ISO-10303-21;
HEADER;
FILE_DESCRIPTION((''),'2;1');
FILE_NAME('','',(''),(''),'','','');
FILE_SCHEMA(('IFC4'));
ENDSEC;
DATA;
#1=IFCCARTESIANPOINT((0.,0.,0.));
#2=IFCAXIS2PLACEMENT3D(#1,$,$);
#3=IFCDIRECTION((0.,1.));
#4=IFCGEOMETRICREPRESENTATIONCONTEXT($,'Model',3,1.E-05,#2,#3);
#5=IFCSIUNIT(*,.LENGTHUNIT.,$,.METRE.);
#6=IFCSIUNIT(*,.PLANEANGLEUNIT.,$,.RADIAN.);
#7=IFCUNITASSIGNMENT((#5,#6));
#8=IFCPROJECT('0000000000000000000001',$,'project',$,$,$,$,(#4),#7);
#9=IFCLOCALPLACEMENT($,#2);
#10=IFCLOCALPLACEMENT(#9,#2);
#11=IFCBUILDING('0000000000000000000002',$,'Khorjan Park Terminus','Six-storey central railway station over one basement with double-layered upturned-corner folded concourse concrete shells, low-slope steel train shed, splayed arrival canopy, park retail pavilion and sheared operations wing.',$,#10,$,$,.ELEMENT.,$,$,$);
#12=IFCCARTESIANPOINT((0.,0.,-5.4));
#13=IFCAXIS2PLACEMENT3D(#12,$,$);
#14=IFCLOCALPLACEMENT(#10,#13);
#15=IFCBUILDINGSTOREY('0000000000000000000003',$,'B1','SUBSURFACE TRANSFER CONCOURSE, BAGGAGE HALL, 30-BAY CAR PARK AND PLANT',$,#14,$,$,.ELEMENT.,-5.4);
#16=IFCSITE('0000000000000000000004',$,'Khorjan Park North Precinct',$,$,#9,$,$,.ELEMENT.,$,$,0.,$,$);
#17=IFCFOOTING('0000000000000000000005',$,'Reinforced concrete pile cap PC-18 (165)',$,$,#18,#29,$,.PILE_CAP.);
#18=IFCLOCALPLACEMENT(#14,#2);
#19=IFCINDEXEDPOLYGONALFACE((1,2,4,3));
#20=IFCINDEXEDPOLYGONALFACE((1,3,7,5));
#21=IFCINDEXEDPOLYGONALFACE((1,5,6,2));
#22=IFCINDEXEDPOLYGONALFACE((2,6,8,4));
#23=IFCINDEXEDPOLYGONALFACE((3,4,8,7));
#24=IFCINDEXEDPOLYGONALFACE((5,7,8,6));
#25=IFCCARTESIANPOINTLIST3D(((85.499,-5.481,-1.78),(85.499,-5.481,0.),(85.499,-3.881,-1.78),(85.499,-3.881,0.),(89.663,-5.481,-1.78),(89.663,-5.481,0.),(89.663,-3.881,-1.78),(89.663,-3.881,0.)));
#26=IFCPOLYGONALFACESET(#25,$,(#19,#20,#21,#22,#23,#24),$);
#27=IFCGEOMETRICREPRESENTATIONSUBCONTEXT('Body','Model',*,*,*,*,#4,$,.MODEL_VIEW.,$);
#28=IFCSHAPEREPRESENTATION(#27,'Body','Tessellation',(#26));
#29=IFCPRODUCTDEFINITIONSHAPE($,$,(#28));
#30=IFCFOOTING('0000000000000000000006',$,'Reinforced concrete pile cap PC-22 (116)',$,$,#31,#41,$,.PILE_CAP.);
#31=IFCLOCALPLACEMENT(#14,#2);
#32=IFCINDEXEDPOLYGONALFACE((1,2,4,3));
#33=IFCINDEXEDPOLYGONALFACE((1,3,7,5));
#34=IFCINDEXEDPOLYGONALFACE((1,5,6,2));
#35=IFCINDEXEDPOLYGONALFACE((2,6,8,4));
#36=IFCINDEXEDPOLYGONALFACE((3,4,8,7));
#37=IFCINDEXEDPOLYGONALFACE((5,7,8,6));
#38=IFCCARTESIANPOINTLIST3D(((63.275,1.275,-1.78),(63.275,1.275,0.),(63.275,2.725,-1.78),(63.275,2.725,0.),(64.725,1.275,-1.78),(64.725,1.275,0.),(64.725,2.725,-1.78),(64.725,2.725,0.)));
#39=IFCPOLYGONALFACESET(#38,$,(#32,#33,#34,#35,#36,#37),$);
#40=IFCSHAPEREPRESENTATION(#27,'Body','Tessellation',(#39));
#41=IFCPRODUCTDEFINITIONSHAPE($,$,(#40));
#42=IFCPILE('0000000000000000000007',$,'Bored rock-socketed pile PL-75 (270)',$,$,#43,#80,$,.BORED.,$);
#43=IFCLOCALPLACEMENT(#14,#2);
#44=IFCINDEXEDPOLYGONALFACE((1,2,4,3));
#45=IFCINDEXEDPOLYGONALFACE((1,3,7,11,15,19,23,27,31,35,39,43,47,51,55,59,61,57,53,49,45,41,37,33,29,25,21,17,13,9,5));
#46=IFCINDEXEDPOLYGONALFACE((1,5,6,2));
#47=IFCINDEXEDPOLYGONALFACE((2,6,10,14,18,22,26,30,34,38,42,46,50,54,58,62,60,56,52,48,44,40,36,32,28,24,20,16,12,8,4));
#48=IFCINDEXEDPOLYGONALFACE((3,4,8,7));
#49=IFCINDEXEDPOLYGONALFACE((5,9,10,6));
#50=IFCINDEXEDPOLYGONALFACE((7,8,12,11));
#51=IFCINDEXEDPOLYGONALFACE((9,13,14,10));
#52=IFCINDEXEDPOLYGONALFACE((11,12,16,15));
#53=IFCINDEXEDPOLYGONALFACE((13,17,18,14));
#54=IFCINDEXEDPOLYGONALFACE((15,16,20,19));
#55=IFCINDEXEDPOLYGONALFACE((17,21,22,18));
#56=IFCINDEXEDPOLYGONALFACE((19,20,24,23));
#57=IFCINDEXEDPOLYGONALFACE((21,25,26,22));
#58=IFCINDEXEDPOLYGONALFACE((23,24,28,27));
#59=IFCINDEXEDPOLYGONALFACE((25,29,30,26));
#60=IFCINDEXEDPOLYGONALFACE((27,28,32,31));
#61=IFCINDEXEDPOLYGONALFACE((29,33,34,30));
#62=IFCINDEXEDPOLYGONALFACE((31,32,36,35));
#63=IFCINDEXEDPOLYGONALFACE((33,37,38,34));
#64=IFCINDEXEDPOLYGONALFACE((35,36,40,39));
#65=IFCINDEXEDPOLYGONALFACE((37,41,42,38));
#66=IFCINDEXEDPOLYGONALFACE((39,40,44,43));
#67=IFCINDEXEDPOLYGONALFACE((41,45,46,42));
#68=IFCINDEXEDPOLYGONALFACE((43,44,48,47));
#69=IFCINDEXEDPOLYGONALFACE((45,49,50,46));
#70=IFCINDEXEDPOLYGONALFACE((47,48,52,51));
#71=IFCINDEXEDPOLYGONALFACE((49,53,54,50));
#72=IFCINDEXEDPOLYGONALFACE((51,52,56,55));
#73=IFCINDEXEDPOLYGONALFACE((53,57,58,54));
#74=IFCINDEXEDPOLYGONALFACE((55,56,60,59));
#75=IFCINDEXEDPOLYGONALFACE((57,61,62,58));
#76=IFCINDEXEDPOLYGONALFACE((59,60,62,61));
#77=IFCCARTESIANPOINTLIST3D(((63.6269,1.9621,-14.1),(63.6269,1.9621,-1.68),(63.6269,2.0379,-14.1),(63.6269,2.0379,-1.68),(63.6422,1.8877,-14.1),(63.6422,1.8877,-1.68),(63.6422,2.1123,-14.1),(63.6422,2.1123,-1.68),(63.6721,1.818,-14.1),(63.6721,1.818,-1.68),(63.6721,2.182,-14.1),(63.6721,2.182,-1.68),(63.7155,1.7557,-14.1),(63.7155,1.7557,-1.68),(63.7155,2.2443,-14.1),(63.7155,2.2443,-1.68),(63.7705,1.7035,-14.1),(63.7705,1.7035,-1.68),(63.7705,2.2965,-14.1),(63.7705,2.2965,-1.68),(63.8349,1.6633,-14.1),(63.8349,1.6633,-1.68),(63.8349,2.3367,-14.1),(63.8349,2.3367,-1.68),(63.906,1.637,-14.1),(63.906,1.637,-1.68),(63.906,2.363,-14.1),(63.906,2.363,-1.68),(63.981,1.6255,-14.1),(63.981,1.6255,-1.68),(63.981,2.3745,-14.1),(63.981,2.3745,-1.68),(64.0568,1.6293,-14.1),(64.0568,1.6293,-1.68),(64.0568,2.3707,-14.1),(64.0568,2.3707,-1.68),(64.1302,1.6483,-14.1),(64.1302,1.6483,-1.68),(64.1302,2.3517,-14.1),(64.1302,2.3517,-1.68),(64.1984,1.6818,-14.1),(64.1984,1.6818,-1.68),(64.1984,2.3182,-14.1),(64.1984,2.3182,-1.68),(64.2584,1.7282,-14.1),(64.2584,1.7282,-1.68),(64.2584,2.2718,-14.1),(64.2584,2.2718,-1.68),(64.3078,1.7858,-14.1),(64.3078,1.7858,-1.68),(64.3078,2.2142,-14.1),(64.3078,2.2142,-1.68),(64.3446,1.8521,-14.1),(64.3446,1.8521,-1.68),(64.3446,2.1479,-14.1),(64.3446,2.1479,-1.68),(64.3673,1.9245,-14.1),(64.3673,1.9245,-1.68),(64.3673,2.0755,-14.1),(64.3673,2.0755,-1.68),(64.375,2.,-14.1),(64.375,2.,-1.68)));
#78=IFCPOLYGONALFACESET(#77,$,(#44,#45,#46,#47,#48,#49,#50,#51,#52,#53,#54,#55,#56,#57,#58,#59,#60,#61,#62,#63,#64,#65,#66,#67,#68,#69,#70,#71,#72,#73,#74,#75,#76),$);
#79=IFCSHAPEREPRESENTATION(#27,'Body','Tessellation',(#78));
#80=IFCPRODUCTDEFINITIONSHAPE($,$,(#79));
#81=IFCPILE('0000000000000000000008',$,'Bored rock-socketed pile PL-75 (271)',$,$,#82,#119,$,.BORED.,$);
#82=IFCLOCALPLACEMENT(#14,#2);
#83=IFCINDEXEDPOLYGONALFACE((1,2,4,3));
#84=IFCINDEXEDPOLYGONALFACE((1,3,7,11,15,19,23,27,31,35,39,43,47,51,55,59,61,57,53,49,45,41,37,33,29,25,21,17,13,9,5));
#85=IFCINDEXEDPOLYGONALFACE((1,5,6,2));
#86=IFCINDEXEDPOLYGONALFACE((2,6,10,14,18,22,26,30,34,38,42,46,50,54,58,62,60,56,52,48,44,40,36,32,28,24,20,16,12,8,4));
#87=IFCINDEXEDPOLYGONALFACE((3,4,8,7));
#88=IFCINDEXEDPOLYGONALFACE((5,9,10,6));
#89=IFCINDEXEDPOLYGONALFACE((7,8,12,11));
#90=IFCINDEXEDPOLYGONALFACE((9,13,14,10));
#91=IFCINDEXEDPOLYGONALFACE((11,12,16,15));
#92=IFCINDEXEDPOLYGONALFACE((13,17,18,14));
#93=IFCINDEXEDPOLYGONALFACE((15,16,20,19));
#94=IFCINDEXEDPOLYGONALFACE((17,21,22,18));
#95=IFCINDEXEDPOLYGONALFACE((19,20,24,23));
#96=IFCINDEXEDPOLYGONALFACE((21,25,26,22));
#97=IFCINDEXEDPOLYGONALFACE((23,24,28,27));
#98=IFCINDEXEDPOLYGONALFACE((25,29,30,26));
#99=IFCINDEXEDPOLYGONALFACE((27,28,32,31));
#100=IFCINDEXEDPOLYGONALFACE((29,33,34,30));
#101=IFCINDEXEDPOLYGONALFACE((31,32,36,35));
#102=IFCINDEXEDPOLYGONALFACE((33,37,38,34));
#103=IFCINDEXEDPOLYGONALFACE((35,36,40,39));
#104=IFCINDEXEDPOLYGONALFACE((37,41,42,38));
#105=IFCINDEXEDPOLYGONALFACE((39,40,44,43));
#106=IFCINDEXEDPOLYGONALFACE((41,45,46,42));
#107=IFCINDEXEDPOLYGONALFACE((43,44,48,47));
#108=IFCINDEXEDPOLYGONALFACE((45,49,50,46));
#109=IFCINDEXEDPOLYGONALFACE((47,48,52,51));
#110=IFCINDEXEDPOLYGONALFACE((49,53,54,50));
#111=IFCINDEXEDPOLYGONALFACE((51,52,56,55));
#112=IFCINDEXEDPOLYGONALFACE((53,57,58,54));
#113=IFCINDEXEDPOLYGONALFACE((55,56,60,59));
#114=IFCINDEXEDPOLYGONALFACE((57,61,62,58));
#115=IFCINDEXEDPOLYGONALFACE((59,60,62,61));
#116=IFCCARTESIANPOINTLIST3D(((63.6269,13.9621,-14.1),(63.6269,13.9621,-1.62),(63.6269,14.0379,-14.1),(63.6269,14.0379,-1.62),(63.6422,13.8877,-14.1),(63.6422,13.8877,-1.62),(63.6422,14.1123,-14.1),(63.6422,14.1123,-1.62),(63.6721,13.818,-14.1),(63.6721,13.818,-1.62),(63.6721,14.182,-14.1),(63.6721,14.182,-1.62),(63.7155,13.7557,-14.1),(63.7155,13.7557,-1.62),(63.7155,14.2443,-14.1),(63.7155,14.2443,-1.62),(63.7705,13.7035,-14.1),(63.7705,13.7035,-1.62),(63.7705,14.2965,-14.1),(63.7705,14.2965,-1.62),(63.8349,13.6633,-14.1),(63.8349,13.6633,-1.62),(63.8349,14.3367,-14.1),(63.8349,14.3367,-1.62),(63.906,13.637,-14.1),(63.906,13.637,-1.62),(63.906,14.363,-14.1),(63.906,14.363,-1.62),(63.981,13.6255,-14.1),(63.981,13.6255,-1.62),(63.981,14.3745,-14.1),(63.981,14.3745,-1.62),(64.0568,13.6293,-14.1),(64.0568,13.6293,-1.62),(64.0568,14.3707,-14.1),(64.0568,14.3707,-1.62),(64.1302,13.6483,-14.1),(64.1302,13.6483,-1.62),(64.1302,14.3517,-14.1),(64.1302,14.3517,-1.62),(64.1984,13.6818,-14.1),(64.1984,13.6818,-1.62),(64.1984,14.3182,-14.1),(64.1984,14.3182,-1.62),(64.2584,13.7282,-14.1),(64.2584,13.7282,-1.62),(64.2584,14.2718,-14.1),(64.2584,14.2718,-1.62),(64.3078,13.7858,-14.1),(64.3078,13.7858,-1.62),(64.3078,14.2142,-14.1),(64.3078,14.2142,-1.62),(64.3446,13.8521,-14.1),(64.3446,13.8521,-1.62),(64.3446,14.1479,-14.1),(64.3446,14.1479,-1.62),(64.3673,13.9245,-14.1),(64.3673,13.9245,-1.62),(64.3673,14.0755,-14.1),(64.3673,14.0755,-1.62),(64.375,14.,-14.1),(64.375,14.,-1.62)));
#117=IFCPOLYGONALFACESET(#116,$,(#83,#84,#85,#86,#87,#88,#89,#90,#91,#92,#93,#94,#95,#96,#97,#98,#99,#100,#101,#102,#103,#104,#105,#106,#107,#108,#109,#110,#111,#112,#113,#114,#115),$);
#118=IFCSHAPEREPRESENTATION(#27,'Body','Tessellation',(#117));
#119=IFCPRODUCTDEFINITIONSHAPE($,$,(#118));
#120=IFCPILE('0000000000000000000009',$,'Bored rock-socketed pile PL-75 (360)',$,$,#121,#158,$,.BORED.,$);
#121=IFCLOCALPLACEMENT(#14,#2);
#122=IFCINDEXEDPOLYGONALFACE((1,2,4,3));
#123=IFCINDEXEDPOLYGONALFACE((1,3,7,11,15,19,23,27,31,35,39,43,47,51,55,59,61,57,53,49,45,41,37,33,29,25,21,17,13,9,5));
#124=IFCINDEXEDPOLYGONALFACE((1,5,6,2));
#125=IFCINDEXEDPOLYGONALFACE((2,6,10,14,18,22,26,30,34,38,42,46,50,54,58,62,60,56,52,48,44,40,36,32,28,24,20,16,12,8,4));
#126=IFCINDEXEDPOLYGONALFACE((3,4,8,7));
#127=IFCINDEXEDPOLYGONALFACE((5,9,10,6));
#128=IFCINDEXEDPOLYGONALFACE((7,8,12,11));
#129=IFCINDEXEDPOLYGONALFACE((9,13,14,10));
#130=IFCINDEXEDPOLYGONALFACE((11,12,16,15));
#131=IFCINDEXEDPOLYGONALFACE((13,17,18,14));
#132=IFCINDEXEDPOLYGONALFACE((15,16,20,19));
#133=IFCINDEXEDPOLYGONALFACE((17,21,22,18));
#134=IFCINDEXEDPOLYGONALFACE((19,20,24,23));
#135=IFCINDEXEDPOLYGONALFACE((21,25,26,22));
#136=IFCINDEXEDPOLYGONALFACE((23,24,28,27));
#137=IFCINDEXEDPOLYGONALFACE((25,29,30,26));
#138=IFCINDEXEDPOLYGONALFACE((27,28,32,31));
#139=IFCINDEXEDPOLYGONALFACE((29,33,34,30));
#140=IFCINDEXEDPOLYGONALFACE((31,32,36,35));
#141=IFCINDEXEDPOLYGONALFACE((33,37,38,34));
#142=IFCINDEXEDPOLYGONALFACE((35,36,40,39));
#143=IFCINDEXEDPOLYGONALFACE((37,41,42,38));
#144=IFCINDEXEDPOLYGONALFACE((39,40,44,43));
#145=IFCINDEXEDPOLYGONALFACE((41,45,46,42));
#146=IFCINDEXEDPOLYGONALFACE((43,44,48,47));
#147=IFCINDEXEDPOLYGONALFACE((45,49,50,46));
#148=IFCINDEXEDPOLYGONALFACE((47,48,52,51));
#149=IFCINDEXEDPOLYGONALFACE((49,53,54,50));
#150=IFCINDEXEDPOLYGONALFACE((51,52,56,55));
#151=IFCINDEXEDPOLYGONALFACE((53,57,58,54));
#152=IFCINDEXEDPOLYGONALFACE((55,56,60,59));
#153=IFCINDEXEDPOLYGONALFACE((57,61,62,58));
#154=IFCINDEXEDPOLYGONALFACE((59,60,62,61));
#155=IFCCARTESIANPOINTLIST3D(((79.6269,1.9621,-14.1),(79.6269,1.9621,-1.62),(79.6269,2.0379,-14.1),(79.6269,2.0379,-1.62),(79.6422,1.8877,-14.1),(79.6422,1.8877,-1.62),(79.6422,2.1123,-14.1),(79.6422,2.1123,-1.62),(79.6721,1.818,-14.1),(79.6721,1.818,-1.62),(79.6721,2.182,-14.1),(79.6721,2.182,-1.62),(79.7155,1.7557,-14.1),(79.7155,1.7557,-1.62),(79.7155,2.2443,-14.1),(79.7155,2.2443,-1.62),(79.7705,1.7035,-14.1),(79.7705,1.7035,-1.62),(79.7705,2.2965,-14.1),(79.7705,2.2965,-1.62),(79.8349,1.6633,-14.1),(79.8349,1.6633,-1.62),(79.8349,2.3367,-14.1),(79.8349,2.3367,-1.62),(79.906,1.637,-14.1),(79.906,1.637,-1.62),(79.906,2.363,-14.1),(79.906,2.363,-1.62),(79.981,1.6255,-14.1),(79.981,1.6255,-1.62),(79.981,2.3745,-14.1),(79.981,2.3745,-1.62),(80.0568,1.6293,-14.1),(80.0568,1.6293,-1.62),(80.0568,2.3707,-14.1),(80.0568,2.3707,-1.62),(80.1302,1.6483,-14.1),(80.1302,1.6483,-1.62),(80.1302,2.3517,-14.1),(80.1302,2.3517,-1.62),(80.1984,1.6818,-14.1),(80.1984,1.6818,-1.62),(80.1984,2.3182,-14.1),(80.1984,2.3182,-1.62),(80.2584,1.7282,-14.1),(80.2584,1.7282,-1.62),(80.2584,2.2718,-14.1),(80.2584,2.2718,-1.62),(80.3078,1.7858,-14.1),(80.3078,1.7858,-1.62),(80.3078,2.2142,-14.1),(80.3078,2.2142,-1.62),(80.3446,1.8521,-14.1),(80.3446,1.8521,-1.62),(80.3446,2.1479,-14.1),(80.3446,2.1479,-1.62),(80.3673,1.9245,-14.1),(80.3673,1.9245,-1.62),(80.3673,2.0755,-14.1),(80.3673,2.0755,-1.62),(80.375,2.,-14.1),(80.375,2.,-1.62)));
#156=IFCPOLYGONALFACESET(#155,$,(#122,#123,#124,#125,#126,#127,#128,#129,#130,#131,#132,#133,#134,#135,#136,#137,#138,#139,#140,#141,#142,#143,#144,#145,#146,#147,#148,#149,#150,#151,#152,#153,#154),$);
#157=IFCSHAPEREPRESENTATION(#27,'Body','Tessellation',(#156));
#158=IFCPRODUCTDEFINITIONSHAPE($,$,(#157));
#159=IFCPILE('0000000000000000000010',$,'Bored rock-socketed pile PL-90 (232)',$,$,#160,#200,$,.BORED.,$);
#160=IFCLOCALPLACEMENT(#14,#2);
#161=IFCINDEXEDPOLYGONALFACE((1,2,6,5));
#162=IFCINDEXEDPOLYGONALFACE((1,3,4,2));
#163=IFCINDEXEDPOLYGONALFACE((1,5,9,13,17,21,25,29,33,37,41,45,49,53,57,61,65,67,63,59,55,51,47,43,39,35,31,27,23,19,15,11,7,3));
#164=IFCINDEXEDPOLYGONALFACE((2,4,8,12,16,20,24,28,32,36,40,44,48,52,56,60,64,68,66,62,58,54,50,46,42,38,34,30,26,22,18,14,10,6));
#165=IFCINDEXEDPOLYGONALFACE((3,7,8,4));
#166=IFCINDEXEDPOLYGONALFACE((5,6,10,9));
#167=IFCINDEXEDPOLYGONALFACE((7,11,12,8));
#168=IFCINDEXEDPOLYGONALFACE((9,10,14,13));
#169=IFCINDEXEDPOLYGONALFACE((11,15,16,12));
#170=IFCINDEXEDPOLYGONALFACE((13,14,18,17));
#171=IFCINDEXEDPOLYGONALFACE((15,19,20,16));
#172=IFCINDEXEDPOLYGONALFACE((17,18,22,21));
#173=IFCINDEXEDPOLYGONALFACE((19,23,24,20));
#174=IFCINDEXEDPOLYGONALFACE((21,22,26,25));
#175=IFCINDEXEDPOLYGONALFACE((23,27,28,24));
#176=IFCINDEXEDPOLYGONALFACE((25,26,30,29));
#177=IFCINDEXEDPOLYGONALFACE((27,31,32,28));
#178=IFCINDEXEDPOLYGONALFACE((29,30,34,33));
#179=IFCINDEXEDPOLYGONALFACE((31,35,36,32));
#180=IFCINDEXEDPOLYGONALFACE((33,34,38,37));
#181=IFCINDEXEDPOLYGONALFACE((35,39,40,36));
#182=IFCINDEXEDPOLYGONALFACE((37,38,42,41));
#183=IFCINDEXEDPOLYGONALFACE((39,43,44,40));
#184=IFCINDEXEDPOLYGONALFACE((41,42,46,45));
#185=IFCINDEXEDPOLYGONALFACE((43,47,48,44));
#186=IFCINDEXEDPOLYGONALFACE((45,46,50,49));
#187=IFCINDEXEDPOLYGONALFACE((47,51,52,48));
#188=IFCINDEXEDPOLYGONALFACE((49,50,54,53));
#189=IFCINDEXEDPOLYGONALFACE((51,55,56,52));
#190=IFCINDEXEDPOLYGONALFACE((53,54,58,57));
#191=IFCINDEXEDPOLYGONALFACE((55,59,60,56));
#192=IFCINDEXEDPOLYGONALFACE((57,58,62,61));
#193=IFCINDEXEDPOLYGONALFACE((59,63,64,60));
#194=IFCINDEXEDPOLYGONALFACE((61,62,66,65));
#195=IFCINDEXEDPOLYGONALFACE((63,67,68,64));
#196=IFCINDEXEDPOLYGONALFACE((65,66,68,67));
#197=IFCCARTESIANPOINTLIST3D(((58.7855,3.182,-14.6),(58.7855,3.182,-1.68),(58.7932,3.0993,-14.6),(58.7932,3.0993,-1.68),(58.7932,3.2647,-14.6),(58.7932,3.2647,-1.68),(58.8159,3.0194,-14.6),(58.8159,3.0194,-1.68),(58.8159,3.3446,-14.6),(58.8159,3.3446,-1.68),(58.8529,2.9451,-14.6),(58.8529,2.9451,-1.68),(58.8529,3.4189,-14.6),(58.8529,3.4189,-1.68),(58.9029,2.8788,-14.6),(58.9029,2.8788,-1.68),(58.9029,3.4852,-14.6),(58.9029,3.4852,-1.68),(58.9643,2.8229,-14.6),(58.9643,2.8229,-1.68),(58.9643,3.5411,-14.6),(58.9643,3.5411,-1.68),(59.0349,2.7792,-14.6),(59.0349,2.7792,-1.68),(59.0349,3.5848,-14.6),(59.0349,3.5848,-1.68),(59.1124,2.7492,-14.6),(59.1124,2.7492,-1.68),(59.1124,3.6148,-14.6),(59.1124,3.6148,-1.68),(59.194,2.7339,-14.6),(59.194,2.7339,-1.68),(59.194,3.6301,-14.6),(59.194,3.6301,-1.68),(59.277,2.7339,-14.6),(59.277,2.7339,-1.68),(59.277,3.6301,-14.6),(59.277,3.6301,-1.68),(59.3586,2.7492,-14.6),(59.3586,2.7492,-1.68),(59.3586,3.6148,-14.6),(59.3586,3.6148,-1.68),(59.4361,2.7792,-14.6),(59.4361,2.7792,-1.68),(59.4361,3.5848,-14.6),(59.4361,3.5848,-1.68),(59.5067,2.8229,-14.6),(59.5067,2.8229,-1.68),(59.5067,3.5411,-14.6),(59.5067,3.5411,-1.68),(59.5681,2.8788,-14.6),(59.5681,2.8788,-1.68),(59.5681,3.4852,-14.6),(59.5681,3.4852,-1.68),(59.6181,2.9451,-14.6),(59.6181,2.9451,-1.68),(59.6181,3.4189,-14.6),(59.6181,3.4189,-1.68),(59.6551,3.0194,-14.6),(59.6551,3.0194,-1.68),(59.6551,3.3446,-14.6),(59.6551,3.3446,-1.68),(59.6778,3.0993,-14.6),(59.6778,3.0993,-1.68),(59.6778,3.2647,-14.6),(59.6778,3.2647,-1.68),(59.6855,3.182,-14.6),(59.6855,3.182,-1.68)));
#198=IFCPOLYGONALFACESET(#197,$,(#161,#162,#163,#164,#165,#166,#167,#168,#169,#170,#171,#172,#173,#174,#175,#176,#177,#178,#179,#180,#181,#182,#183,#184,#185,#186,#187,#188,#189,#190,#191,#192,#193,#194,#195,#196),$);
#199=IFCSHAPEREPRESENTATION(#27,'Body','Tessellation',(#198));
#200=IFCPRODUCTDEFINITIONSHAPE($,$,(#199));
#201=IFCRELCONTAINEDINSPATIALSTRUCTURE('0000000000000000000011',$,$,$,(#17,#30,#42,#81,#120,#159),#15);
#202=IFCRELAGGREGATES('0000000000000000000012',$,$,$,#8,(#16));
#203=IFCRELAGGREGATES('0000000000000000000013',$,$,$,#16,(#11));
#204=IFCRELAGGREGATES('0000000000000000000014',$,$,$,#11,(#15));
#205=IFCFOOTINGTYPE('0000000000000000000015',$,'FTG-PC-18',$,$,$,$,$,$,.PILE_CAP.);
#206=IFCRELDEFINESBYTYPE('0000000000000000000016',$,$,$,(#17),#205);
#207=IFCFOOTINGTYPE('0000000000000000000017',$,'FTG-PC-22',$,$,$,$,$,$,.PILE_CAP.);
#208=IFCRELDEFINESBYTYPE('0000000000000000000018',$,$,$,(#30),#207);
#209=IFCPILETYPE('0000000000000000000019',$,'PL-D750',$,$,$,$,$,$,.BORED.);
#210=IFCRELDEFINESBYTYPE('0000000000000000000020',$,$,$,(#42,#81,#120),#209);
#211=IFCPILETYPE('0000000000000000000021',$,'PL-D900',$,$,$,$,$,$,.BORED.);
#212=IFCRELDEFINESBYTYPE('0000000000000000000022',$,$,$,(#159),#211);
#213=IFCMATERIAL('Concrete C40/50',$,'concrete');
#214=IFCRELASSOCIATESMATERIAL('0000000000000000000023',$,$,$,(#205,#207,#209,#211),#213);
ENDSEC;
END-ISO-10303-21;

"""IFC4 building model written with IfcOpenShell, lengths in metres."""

from ifc_helpers import new_model, si_unit, direction, frame, origin, origin_2d, place, context, subcontext, project, spatial, rectangle, circle, extrude, material, material_profile, profile_set, type_object, element, save


model = new_model("IFC4")

# Units and contexts
model_context = context("Model", 3, precision=1e-05, world=origin(), true_north=direction((0.0, 1.0)))
body_context = subcontext(model_context, "Body", "Model", "MODEL_VIEW")
ifc_project = project(units=[si_unit("LENGTHUNIT", "METRE"), si_unit("PLANEANGLEUNIT", "RADIAN")], contexts=[model_context])

# Site, building, storey
site_placement = place(None, origin())
site = spatial("IfcSite", under=ifc_project, at=site_placement, Name="Khorjan Park North Precinct", CompositionType="ELEMENT", RefElevation=0.0)
building_placement = place(site_placement, origin())
building = spatial("IfcBuilding", under=site, at=building_placement, Name="Khorjan Park Terminus", Description="Six-storey central railway station over one basement with double-layered upturned-corner folded concourse concrete shells, low-slope steel train shed, splayed arrival canopy, park retail pavilion and sheared operations wing.", CompositionType="ELEMENT")
storey_placement = place(building_placement, frame((0.0, 0.0, -5.4)))
storey = spatial("IfcBuildingStorey", under=building, at=storey_placement, Name="B1", Description="SUBSURFACE TRANSFER CONCOURSE, BAGGAGE HALL, 30-BAY CAR PARK AND PLANT", CompositionType="ELEMENT", Elevation=-5.4)

# Footings
ifc_material_1 = material(Name="Concrete C40/50", Category="concrete")
footing_type_1 = type_object("IfcFootingType", Name="FTG-PC-18", PredefinedType="PILE_CAP", material=ifc_material_1)
footing_1_placement = place(storey_placement, frame((87.581, -4.681, -1.78), z_axis=(0.0, 0.0, 1.0), x_axis=(1.0, 0.0, 0.0)))
element("IfcFooting", 1, at=footing_1_placement, inside=storey, type_object=footing_type_1, Name="Reinforced concrete pile cap PC-18 (165)", PredefinedType="PILE_CAP", context=body_context, shape_type="SweptSolid", body=[
    extrude(rectangle(XDim=4.164, YDim=1.6, at=origin_2d()), origin(), (0.0, 0.0, 1.0), 1.78),
])
footing_type_2 = type_object("IfcFootingType", Name="FTG-PC-22", PredefinedType="PILE_CAP", material=ifc_material_1)
footing_2_placement = place(storey_placement, frame((64.0, 2.0, -1.78), z_axis=(0.0, 0.0, 1.0), x_axis=(1.0, 0.0, 0.0)))
element("IfcFooting", 2, at=footing_2_placement, inside=storey, type_object=footing_type_2, Name="Reinforced concrete pile cap PC-22 (116)", PredefinedType="PILE_CAP", context=body_context, shape_type="SweptSolid", body=[
    extrude(rectangle(XDim=1.45, YDim=1.45, at=origin_2d()), origin(), (0.0, 0.0, 1.0), 1.78),
])

# Piles
ifc_material_profile_1 = material_profile(ifc_material_1, circle(Radius=0.375, at=origin_2d()), Name="BORED D750")
ifc_profile_set_1 = profile_set([ifc_material_profile_1], Name="Concrete C40/50")
pile_type_1 = type_object("IfcPileType", Name="PL-D750", PredefinedType="BORED", material=ifc_profile_set_1)
pile_1_placement = place(storey_placement, frame((64.0, 2.0, -1.68), z_axis=(0.0, 0.0, -1.0), x_axis=(1.0, 0.0, 0.0)))
element("IfcPile", 3, at=pile_1_placement, inside=storey, type_object=pile_type_1, Name="Bored rock-socketed pile PL-75 (270)", PredefinedType="BORED", context=body_context, shape_type="SweptSolid", body=[
    extrude(circle(Radius=0.375, at=origin_2d()), origin(), (0.0, 0.0, 1.0), 12.42),
])
for number, where, z_axis, x_axis, name in (
    (4, (64.0, 14.0, -1.62), (0.0, 0.0, -1.0), (1.0, 0.0, 0.0), "Bored rock-socketed pile PL-75 (271)"),
    (5, (80.0, 2.0, -1.62), (0.0, 0.0, -1.0), (1.0, 0.0, 0.0), "Bored rock-socketed pile PL-75 (360)"),
):
    element("IfcPile", number, at=place(storey_placement, frame(where, z_axis=z_axis, x_axis=x_axis)), inside=storey, type_object=pile_type_1, Name=name, PredefinedType="BORED", context=body_context, shape_type="SweptSolid", body=[
        extrude(circle(Radius=0.375, at=origin_2d()), origin(), (0.0, 0.0, 1.0), 12.48),
    ])
ifc_material_profile_2 = material_profile(ifc_material_1, circle(Radius=0.45, at=origin_2d()), Name="BORED D900")
ifc_profile_set_2 = profile_set([ifc_material_profile_2], Name="Concrete C40/50")
pile_type_2 = type_object("IfcPileType", Name="PL-D900", PredefinedType="BORED", material=ifc_profile_set_2)
for number, where, z_axis, x_axis, name in (
    (6, (59.2355, 3.182, -1.68), (0.0, 0.0, -1.0), (1.0, 0.0, 0.0), "Bored rock-socketed pile PL-90 (232)"),
):
    element("IfcPile", number, at=place(storey_placement, frame(where, z_axis=z_axis, x_axis=x_axis)), inside=storey, type_object=pile_type_2, Name=name, PredefinedType="BORED", context=body_context, shape_type="SweptSolid", body=[
        extrude(circle(Radius=0.45, at=origin_2d()), origin(), (0.0, 0.0, 1.0), 12.92),
    ])

save(model, "model.ifc")
